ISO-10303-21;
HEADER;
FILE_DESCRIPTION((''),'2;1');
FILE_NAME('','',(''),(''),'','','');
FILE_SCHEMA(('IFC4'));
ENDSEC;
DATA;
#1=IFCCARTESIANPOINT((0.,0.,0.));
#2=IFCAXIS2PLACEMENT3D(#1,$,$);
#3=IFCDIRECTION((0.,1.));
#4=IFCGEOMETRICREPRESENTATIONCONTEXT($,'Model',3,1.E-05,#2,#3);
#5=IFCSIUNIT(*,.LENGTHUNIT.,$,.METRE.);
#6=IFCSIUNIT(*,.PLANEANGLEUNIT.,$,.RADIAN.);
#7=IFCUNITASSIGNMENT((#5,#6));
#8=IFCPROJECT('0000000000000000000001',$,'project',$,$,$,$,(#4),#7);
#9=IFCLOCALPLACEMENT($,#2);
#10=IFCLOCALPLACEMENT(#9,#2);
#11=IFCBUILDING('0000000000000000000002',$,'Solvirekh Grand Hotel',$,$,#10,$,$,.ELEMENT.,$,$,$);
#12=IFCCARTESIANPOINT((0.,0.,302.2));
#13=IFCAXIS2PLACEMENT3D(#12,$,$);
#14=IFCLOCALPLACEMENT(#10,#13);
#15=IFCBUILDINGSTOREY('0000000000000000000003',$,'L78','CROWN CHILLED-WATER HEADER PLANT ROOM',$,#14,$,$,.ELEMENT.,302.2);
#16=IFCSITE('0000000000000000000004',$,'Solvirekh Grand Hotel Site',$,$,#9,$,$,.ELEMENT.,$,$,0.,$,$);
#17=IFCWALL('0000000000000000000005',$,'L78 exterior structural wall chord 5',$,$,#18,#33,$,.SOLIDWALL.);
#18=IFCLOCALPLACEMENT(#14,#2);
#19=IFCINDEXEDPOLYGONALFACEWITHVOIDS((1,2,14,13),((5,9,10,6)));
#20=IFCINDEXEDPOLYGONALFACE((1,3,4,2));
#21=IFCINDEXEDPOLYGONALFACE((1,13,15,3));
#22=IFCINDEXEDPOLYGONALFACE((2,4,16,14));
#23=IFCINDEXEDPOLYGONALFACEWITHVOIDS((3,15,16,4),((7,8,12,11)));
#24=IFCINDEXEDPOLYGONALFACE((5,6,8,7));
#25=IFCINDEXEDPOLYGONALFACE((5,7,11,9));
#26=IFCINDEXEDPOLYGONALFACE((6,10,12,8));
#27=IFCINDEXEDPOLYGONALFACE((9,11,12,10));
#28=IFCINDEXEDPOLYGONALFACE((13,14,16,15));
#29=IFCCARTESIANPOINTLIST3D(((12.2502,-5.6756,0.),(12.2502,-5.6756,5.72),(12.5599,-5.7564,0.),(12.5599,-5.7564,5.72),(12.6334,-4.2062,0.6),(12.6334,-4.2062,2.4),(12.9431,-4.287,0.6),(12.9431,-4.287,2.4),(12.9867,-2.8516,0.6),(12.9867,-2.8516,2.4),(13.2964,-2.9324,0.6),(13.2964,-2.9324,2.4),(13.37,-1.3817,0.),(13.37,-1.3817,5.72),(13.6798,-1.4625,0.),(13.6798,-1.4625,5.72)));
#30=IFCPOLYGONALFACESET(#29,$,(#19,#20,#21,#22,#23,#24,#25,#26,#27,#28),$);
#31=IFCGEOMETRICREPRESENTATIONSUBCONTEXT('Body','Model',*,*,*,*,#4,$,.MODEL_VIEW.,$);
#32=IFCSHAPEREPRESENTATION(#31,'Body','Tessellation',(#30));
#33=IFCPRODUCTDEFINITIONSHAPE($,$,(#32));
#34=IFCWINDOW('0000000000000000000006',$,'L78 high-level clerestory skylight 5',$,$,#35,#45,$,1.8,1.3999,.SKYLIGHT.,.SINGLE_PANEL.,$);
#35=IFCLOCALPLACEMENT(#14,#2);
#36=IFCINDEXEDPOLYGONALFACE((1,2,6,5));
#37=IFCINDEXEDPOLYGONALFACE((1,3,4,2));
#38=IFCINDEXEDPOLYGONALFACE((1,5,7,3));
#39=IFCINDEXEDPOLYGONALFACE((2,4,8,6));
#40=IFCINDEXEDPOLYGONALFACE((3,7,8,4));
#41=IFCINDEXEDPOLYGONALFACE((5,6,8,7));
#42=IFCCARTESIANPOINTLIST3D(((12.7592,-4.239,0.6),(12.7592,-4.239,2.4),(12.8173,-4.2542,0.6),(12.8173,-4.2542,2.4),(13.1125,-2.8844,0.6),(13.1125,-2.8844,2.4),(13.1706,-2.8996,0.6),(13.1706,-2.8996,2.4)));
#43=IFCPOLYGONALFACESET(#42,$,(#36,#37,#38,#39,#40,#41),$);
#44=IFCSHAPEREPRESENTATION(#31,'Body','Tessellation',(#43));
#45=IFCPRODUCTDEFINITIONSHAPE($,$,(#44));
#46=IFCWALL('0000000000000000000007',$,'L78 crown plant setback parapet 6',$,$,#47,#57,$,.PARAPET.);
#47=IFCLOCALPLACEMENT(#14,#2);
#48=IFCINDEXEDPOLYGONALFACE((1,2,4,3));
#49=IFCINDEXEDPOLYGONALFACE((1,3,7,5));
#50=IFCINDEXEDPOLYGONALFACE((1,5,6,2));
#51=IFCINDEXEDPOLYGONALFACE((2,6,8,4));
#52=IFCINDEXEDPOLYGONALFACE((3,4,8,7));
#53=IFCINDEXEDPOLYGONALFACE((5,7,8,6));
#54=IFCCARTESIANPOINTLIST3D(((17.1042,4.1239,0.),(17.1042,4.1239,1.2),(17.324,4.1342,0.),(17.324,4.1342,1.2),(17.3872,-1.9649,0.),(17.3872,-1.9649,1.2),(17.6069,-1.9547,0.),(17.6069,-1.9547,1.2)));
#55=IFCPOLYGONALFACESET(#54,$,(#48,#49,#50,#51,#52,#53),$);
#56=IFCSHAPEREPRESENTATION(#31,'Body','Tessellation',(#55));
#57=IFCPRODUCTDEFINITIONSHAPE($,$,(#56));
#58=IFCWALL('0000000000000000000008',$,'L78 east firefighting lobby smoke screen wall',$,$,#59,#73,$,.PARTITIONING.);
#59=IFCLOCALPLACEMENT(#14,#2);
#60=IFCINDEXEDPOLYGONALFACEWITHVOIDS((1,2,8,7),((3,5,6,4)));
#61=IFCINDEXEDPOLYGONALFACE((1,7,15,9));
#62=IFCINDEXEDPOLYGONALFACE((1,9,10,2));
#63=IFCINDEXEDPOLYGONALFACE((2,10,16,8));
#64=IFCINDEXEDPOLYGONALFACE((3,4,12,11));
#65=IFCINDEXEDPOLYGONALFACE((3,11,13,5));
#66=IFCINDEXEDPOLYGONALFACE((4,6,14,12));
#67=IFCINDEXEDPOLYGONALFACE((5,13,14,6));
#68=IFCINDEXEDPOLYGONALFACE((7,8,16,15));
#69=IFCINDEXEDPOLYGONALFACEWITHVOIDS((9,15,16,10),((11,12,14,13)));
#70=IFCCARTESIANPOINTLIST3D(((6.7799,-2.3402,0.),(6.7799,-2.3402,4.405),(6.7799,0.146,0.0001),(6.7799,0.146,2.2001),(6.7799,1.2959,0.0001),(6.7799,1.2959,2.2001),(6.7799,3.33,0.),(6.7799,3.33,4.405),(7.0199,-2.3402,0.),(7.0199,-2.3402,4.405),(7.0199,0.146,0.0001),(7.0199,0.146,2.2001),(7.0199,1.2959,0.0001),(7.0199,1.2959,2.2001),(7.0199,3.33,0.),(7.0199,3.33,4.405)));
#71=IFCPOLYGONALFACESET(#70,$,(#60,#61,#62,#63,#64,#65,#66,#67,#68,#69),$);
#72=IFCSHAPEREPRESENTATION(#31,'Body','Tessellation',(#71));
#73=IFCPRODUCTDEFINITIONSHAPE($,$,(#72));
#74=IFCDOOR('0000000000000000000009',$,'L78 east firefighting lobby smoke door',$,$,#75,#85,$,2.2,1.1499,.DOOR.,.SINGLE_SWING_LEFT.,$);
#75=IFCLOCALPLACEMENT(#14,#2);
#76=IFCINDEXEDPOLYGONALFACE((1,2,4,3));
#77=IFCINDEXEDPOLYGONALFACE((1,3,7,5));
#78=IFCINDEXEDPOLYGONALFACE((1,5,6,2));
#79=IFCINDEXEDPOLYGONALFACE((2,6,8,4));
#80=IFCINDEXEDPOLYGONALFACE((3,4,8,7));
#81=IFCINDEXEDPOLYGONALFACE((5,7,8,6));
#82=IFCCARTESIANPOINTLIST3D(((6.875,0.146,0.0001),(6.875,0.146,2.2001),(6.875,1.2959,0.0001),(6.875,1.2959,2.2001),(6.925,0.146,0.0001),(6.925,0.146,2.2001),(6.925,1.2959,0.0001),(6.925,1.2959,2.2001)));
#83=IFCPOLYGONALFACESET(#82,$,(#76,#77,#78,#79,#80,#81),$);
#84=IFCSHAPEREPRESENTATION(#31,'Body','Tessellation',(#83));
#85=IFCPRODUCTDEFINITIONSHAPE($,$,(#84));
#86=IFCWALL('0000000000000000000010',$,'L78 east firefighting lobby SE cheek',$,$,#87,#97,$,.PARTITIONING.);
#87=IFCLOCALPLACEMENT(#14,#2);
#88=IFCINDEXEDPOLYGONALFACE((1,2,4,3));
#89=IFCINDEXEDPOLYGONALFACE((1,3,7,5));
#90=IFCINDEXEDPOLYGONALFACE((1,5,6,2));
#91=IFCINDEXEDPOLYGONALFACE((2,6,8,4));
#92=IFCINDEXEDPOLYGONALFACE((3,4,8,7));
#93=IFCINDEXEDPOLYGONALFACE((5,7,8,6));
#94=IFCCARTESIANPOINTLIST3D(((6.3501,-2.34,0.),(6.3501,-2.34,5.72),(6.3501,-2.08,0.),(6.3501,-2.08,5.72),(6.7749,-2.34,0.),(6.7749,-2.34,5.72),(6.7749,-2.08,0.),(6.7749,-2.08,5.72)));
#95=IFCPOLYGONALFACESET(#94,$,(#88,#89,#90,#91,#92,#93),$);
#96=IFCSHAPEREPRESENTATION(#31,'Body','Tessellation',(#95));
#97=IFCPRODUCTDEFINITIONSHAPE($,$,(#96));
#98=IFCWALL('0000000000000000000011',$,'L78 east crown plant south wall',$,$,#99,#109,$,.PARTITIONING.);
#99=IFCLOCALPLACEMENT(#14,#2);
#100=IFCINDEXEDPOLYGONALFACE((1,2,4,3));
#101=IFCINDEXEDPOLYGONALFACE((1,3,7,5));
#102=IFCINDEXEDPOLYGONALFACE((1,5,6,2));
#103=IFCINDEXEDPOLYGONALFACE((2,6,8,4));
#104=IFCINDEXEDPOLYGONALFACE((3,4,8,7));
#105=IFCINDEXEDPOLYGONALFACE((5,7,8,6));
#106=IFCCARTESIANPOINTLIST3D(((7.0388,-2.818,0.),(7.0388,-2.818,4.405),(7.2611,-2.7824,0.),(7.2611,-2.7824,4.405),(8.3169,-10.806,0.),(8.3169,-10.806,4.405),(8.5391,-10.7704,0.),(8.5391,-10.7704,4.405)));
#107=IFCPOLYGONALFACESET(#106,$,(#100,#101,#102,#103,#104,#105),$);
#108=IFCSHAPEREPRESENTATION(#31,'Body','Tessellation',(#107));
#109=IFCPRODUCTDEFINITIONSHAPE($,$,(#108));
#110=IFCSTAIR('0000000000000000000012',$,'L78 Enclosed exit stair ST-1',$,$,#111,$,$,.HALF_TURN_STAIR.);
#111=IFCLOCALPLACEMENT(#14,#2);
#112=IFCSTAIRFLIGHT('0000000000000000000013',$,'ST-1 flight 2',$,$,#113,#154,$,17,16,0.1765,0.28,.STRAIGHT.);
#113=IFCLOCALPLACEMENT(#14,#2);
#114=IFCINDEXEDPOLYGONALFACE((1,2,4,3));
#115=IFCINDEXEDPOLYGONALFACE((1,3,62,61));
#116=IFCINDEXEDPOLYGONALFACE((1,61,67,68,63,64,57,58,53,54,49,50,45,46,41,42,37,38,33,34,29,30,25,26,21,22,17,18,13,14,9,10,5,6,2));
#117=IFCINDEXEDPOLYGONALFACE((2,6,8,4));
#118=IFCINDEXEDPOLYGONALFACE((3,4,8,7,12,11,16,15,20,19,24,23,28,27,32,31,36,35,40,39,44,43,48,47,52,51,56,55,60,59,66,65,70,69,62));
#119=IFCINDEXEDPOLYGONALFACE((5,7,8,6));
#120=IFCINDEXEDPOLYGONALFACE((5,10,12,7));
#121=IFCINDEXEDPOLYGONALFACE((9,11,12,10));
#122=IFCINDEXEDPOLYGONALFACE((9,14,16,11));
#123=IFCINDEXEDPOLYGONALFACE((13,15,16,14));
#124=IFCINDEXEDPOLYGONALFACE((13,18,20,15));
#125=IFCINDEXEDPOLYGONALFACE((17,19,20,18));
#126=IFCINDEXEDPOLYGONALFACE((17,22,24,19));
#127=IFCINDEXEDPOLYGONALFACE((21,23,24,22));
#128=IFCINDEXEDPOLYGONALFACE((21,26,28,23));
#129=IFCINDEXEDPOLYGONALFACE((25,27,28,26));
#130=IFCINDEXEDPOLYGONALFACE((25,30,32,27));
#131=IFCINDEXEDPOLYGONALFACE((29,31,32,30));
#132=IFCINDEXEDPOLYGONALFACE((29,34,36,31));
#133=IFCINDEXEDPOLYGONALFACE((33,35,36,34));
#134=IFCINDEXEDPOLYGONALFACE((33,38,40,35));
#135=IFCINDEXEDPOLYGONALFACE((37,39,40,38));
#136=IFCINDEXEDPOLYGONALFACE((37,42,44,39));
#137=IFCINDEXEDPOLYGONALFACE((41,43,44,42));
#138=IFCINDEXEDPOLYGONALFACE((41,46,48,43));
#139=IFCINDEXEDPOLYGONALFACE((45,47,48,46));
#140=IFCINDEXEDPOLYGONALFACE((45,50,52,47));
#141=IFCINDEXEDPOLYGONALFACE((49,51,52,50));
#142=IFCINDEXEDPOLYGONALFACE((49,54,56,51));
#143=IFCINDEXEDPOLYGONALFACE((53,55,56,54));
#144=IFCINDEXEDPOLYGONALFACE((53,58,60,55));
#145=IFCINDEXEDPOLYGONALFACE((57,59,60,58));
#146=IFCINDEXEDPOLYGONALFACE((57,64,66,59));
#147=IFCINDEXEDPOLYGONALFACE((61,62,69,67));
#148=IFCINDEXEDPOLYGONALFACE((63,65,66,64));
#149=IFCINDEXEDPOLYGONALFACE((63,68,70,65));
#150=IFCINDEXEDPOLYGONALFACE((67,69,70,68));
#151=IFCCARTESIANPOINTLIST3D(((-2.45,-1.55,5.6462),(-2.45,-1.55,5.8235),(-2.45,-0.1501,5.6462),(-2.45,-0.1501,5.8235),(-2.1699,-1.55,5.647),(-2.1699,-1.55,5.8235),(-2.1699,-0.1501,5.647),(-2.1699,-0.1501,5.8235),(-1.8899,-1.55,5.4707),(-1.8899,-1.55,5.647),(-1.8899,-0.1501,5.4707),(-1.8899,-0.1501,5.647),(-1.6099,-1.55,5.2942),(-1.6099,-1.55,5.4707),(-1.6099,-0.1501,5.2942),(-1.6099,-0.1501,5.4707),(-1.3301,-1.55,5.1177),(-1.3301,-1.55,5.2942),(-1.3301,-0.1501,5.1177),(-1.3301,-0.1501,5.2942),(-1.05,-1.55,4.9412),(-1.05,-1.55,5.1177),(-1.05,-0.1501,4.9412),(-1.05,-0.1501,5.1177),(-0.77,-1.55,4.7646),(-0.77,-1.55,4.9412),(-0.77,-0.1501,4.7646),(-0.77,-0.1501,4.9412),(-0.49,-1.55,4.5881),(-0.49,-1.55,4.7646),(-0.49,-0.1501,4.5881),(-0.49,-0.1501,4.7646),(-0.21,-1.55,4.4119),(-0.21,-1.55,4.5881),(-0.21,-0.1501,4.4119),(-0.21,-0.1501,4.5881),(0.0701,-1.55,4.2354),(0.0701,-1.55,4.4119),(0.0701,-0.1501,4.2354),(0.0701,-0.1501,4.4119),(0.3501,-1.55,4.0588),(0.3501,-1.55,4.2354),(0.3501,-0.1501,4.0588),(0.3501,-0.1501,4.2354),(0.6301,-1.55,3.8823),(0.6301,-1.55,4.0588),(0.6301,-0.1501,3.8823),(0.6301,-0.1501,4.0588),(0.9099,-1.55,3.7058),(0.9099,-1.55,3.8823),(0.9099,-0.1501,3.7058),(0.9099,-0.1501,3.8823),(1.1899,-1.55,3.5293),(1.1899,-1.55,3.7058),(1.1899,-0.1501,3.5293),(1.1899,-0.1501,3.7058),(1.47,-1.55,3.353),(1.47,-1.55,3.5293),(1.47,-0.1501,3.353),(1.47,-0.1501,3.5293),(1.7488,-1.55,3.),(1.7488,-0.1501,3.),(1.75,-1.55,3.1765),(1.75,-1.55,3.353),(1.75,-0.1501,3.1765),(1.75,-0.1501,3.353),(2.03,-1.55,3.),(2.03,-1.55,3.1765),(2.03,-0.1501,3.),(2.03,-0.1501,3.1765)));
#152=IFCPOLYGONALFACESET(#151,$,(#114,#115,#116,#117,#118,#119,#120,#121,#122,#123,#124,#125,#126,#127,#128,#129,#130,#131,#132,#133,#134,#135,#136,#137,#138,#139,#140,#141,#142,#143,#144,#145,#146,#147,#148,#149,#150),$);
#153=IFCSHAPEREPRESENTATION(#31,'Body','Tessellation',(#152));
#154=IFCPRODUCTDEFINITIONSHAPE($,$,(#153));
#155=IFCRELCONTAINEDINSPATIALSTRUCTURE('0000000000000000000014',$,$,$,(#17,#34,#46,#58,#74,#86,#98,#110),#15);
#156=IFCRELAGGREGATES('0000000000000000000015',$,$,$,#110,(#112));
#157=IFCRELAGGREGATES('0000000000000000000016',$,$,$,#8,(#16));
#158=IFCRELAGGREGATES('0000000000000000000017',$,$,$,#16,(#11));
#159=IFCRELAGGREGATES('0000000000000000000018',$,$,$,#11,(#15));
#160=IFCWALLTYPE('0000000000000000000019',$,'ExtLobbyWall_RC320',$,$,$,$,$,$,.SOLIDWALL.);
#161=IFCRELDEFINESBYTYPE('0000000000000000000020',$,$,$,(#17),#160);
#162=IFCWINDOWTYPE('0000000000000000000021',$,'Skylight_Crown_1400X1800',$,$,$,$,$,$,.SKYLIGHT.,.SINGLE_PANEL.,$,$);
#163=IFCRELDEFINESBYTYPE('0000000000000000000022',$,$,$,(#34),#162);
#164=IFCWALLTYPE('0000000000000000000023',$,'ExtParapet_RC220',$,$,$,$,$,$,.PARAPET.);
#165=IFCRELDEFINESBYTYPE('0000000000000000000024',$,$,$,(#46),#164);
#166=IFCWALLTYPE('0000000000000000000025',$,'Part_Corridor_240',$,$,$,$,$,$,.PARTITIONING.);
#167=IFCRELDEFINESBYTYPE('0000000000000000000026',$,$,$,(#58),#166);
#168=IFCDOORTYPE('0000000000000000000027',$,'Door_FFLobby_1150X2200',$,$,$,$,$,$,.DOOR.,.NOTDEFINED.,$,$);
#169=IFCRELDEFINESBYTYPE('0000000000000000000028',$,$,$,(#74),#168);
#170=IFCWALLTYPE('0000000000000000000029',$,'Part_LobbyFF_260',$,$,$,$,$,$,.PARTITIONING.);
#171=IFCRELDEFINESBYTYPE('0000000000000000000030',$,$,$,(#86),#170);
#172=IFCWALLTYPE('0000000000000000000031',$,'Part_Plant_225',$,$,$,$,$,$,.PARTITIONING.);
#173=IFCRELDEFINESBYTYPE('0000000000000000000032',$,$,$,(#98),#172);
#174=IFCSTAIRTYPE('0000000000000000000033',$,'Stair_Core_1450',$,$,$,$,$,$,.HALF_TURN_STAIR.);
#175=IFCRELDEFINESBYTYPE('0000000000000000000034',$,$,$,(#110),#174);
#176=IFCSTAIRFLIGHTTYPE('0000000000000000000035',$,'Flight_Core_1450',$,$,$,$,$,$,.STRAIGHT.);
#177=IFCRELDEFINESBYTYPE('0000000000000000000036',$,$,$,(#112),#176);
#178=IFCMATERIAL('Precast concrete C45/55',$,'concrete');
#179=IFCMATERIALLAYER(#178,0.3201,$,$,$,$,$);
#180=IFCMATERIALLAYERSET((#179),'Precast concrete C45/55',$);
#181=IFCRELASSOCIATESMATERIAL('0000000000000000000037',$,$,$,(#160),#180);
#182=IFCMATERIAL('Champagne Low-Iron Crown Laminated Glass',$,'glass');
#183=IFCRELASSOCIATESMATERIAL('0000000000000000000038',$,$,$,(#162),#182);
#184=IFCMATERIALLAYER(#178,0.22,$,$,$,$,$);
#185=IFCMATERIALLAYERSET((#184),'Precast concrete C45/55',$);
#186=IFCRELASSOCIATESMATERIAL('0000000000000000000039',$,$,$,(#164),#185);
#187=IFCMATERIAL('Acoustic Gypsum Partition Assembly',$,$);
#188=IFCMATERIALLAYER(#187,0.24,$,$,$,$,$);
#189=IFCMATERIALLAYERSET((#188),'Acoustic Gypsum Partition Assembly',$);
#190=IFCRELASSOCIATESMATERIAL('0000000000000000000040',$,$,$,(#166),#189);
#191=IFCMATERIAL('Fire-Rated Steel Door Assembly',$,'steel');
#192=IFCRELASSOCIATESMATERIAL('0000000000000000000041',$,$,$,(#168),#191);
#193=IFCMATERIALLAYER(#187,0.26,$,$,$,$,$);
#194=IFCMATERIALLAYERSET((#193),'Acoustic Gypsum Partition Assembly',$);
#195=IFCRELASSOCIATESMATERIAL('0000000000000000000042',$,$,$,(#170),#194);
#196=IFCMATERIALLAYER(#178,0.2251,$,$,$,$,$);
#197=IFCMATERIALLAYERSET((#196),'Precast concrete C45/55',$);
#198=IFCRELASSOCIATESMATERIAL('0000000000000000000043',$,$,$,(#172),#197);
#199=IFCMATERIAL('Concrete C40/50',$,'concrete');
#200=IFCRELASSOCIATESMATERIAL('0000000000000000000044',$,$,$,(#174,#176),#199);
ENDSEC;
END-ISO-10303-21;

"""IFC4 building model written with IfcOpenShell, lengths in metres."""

from ifc_helpers import new_model, si_unit, direction, frame, frame_2d, origin, place, context, subcontext, project, spatial, polyline, rectangle, outline, extrude, material, layer, layer_set, type_object, element, fill, aggregate, save


model = new_model("IFC4")

# Units and contexts
model_context = context("Model", 3, precision=1e-05, world=origin(), true_north=direction((0.0, 1.0)))
body_context = subcontext(model_context, "Body", "Model", "MODEL_VIEW")
ifc_project = project(units=[si_unit("LENGTHUNIT", "METRE"), si_unit("PLANEANGLEUNIT", "RADIAN")], contexts=[model_context])

# Site, building, storey
site_placement = place(None, origin())
site = spatial("IfcSite", under=ifc_project, at=site_placement, Name="Solvirekh Grand Hotel Site", CompositionType="ELEMENT", RefElevation=0.0)
building_placement = place(site_placement, origin())
building = spatial("IfcBuilding", under=site, at=building_placement, Name="Solvirekh Grand Hotel", CompositionType="ELEMENT")
storey_placement = place(building_placement, frame((0.0, 0.0, 302.2)))
storey = spatial("IfcBuildingStorey", under=building, at=storey_placement, Name="L78", Description="CROWN CHILLED-WATER HEADER PLANT ROOM", CompositionType="ELEMENT", Elevation=302.2)

# Shared definitions
ifc_material_1 = material(Name="Concrete C40/50", Category="concrete")

# Shared definitions
ifc_material_2 = material(Name="Fire-Rated Steel Door Assembly", Category="steel")

# Wall, opening, window
ifc_material_3 = material(Name="Precast concrete C45/55", Category="concrete")
ifc_layer_1 = layer(ifc_material_3, 0.3201)
ifc_layer_set_1 = layer_set([ifc_layer_1], Name="Precast concrete C45/55")
wall_type_1 = type_object("IfcWallType", Name="ExtLobbyWall_RC320", PredefinedType="SOLIDWALL", material=ifc_layer_set_1)
wall_1_placement = place(storey_placement, frame((13.5249, -1.4221, 0.0), z_axis=(0.0, 0.0, 1.0), x_axis=(-0.252361, -0.967633, 0.0)))
wall_1 = element("IfcWall", 1, at=wall_1_placement, inside=storey, type_object=wall_type_1, Name="L78 exterior structural wall chord 5", PredefinedType="SOLIDWALL", context=body_context, shape_type="SweptSolid", body=[
    extrude(rectangle(XDim=4.4375, YDim=0.3201, at=frame_2d((2.2188, 0.0))), origin(), (0.0, 0.0, 1.0), 5.72),
])
opening_1_placement = place(wall_1_placement, frame((1.519, 0.0, 0.6001)))
opening_1 = element("IfcOpeningElement", 2, at=opening_1_placement, cuts=wall_1, PredefinedType="OPENING", context=body_context, shape_type="SweptSolid", body=[
    extrude(rectangle(XDim=1.3999, YDim=1.8, at=frame_2d((0.7, 0.8999))), frame((0.0, 0.1699, 0.0), z_axis=(0.0, -1.0, 0.0), x_axis=(1.0, 0.0, 0.0)), (0.0, 0.0, 1.0), 0.3401),
])
ifc_material_4 = material(Name="Champagne Low-Iron Crown Laminated Glass", Category="glass")
window_type = type_object("IfcWindowType", Name="Skylight_Crown_1400X1800", PartitioningType="SINGLE_PANEL", PredefinedType="SKYLIGHT", material=ifc_material_4)
window_placement = place(opening_1_placement, origin())
window = element("IfcWindow", 3, at=window_placement, inside=storey, type_object=window_type, Name="L78 high-level clerestory skylight 5", OverallHeight=1.8, OverallWidth=1.3999, PartitioningType="SINGLE_PANEL", PredefinedType="SKYLIGHT", context=body_context, shape_type="SweptSolid", body=[
    extrude(rectangle(XDim=1.3999, YDim=1.8, at=frame_2d((0.7, 0.8999))), frame((0.0, 0.03, 0.0), z_axis=(0.0, -1.0, 0.0), x_axis=(1.0, 0.0, 0.0)), (0.0, 0.0, 1.0), 0.0601),
])
fill(opening_1, window)

# Wall
ifc_layer_2 = layer(ifc_material_3, 0.22)
ifc_layer_set_2 = layer_set([ifc_layer_2], Name="Precast concrete C45/55")
wall_type_2 = type_object("IfcWallType", Name="ExtParapet_RC220", PredefinedType="PARAPET", material=ifc_layer_set_2)
wall_2_placement = place(storey_placement, frame((17.4971, -1.96, 0.0), z_axis=(0.0, 0.0, 1.0), x_axis=(-0.046421, 0.998922, 0.0)))
element("IfcWall", 4, at=wall_2_placement, inside=storey, type_object=wall_type_2, Name="L78 crown plant setback parapet 6", PredefinedType="PARAPET", context=body_context, shape_type="SweptSolid", body=[
    extrude(rectangle(XDim=6.0955, YDim=0.22, at=frame_2d((3.0479, 0.0))), origin(), (0.0, 0.0, 1.0), 1.2),
])

# Wall, opening, door
ifc_material_5 = material(Name="Acoustic Gypsum Partition Assembly")
ifc_layer_3 = layer(ifc_material_5, 0.24)
ifc_layer_set_3 = layer_set([ifc_layer_3], Name="Acoustic Gypsum Partition Assembly")
wall_type_3 = type_object("IfcWallType", Name="Part_Corridor_240", PredefinedType="PARTITIONING", material=ifc_layer_set_3)
wall_3_placement = place(storey_placement, frame((6.8999, -2.3401, 0.0), z_axis=(0.0, 0.0, 1.0), x_axis=(0.0, 1.0, 0.0)))
wall_3 = element("IfcWall", 5, at=wall_3_placement, inside=storey, type_object=wall_type_3, Name="L78 east firefighting lobby smoke screen wall", PredefinedType="PARTITIONING", context=body_context, shape_type="SweptSolid", body=[
    extrude(rectangle(XDim=5.6702, YDim=0.24, at=frame_2d((2.835, 0.0))), origin(), (0.0, 0.0, 1.0), 4.405),
])
opening_2_placement = place(wall_3_placement, frame((2.4861, 0.0, 0.0)))
opening_2 = element("IfcOpeningElement", 6, at=opening_2_placement, cuts=wall_3, PredefinedType="OPENING", context=body_context, shape_type="SweptSolid", body=[
    extrude(rectangle(XDim=1.1499, YDim=2.2, at=frame_2d((0.575, 1.1001))), frame((0.0, 0.1299, 0.0), z_axis=(0.0, -1.0, 0.0), x_axis=(1.0, 0.0, 0.0)), (0.0, 0.0, 1.0), 0.26),
])
door_type_1 = type_object("IfcDoorType", Name="Door_FFLobby_1150X2200", OperationType="NOTDEFINED", PredefinedType="DOOR", material=ifc_material_2)
door_1_placement = place(opening_2_placement, origin())
door_1 = element("IfcDoor", 7, at=door_1_placement, inside=storey, type_object=door_type_1, Name="L78 east firefighting lobby smoke door", OperationType="SINGLE_SWING_LEFT", OverallHeight=2.2, OverallWidth=1.1499, PredefinedType="DOOR", context=body_context, shape_type="SweptSolid", body=[
    extrude(rectangle(XDim=1.1499, YDim=2.2, at=frame_2d((0.575, 1.1001))), frame((0.0, 0.0249, 0.0), z_axis=(0.0, -1.0, 0.0), x_axis=(1.0, 0.0, 0.0)), (0.0, 0.0, 1.0), 0.05),
])
fill(opening_2, door_1)

# Walls
ifc_layer_4 = layer(ifc_material_5, 0.26)
ifc_layer_set_4 = layer_set([ifc_layer_4], Name="Acoustic Gypsum Partition Assembly")
wall_type_4 = type_object("IfcWallType", Name="Part_LobbyFF_260", PredefinedType="PARTITIONING", material=ifc_layer_set_4)
wall_4_placement = place(storey_placement, frame((6.3501, -2.21, 0.0), z_axis=(0.0, 0.0, 1.0), x_axis=(1.0, 0.0, 0.0)))
element("IfcWall", 8, at=wall_4_placement, inside=storey, type_object=wall_type_4, Name="L78 east firefighting lobby SE cheek", PredefinedType="PARTITIONING", context=body_context, shape_type="SweptSolid", body=[
    extrude(rectangle(XDim=0.4248, YDim=0.26, at=frame_2d((0.2124, 0.0))), origin(), (0.0, 0.0, 1.0), 5.72),
])
ifc_layer_5 = layer(ifc_material_3, 0.2251)
ifc_layer_set_5 = layer_set([ifc_layer_5], Name="Precast concrete C45/55")
wall_type_5 = type_object("IfcWallType", Name="Part_Plant_225", PredefinedType="PARTITIONING", material=ifc_layer_set_5)
wall_5_placement = place(storey_placement, frame((7.1499, -2.8, 0.0), z_axis=(0.0, 0.0, 1.0), x_axis=(0.157989, -0.987441, 0.0)))
element("IfcWall", 9, at=wall_5_placement, inside=storey, type_object=wall_type_5, Name="L78 east crown plant south wall", PredefinedType="PARTITIONING", context=body_context, shape_type="SweptSolid", body=[
    extrude(rectangle(XDim=8.0896, YDim=0.2251, at=frame_2d((4.0449, 0.0))), origin(), (0.0, 0.0, 1.0), 4.405),
])

# Stair, stair flight
stair_type = type_object("IfcStairType", Name="Stair_Core_1450", PredefinedType="HALF_TURN_STAIR", material=ifc_material_1)
stair_placement = place(storey_placement, origin())
stair = element("IfcStair", 10, at=stair_placement, inside=storey, type_object=stair_type, Name="L78 Enclosed exit stair ST-1", PredefinedType="HALF_TURN_STAIR")
stair_flight_type = type_object("IfcStairFlightType", Name="Flight_Core_1450", PredefinedType="STRAIGHT", material=ifc_material_1)
stair_flight_placement = place(storey_placement, frame((2.03, -0.8501, 3.0), z_axis=(0.0, 0.0, 1.0), x_axis=(-1.0, 0.0, 0.0)))
stair_flight = element("IfcStairFlight", 11, at=stair_flight_placement, type_object=stair_flight_type, Name="ST-1 flight 2", NumberOfRisers=17, NumberOfTreads=16, PredefinedType="STRAIGHT", RiserHeight=0.1765, TreadLength=0.28, context=body_context, shape_type="SweptSolid", body=[
    extrude(outline(polyline([(0.0, 0.0), (0.0, 0.1765), (0.28, 0.1765), (0.28, 0.353), (0.5601, 0.353), (0.5601, 0.5293), (0.8401, 0.5293), (0.8401, 0.7058), (1.1201, 0.7058), (1.1201, 0.8823), (1.3999, 0.8823), (1.3999, 1.0588), (1.6799, 1.0588), (1.6799, 1.2354), (1.96, 1.2354), (1.96, 1.4119), (2.24, 1.4119), (2.24, 1.5881), (2.52, 1.5881), (2.52, 1.7646), (2.8, 1.7646), (2.8, 1.9412), (3.0801, 1.9412), (3.0801, 2.1177), (3.3601, 2.1177), (3.3601, 2.2942), (3.6399, 2.2942), (3.6399, 2.4707), (3.9199, 2.4707), (3.9199, 2.647), (4.2, 2.647), (4.2, 2.8235), (4.48, 2.8235), (4.48, 3.0), (4.48, 2.6462), (0.2812, 0.0), (0.0, 0.0)])), frame((0.0, 0.7, 0.0), z_axis=(0.0, -1.0, 0.0), x_axis=(1.0, 0.0, 0.0)), (0.0, 0.0, 1.0), 1.3999),
])
aggregate(stair, [stair_flight])

save(model, "model.ifc")
